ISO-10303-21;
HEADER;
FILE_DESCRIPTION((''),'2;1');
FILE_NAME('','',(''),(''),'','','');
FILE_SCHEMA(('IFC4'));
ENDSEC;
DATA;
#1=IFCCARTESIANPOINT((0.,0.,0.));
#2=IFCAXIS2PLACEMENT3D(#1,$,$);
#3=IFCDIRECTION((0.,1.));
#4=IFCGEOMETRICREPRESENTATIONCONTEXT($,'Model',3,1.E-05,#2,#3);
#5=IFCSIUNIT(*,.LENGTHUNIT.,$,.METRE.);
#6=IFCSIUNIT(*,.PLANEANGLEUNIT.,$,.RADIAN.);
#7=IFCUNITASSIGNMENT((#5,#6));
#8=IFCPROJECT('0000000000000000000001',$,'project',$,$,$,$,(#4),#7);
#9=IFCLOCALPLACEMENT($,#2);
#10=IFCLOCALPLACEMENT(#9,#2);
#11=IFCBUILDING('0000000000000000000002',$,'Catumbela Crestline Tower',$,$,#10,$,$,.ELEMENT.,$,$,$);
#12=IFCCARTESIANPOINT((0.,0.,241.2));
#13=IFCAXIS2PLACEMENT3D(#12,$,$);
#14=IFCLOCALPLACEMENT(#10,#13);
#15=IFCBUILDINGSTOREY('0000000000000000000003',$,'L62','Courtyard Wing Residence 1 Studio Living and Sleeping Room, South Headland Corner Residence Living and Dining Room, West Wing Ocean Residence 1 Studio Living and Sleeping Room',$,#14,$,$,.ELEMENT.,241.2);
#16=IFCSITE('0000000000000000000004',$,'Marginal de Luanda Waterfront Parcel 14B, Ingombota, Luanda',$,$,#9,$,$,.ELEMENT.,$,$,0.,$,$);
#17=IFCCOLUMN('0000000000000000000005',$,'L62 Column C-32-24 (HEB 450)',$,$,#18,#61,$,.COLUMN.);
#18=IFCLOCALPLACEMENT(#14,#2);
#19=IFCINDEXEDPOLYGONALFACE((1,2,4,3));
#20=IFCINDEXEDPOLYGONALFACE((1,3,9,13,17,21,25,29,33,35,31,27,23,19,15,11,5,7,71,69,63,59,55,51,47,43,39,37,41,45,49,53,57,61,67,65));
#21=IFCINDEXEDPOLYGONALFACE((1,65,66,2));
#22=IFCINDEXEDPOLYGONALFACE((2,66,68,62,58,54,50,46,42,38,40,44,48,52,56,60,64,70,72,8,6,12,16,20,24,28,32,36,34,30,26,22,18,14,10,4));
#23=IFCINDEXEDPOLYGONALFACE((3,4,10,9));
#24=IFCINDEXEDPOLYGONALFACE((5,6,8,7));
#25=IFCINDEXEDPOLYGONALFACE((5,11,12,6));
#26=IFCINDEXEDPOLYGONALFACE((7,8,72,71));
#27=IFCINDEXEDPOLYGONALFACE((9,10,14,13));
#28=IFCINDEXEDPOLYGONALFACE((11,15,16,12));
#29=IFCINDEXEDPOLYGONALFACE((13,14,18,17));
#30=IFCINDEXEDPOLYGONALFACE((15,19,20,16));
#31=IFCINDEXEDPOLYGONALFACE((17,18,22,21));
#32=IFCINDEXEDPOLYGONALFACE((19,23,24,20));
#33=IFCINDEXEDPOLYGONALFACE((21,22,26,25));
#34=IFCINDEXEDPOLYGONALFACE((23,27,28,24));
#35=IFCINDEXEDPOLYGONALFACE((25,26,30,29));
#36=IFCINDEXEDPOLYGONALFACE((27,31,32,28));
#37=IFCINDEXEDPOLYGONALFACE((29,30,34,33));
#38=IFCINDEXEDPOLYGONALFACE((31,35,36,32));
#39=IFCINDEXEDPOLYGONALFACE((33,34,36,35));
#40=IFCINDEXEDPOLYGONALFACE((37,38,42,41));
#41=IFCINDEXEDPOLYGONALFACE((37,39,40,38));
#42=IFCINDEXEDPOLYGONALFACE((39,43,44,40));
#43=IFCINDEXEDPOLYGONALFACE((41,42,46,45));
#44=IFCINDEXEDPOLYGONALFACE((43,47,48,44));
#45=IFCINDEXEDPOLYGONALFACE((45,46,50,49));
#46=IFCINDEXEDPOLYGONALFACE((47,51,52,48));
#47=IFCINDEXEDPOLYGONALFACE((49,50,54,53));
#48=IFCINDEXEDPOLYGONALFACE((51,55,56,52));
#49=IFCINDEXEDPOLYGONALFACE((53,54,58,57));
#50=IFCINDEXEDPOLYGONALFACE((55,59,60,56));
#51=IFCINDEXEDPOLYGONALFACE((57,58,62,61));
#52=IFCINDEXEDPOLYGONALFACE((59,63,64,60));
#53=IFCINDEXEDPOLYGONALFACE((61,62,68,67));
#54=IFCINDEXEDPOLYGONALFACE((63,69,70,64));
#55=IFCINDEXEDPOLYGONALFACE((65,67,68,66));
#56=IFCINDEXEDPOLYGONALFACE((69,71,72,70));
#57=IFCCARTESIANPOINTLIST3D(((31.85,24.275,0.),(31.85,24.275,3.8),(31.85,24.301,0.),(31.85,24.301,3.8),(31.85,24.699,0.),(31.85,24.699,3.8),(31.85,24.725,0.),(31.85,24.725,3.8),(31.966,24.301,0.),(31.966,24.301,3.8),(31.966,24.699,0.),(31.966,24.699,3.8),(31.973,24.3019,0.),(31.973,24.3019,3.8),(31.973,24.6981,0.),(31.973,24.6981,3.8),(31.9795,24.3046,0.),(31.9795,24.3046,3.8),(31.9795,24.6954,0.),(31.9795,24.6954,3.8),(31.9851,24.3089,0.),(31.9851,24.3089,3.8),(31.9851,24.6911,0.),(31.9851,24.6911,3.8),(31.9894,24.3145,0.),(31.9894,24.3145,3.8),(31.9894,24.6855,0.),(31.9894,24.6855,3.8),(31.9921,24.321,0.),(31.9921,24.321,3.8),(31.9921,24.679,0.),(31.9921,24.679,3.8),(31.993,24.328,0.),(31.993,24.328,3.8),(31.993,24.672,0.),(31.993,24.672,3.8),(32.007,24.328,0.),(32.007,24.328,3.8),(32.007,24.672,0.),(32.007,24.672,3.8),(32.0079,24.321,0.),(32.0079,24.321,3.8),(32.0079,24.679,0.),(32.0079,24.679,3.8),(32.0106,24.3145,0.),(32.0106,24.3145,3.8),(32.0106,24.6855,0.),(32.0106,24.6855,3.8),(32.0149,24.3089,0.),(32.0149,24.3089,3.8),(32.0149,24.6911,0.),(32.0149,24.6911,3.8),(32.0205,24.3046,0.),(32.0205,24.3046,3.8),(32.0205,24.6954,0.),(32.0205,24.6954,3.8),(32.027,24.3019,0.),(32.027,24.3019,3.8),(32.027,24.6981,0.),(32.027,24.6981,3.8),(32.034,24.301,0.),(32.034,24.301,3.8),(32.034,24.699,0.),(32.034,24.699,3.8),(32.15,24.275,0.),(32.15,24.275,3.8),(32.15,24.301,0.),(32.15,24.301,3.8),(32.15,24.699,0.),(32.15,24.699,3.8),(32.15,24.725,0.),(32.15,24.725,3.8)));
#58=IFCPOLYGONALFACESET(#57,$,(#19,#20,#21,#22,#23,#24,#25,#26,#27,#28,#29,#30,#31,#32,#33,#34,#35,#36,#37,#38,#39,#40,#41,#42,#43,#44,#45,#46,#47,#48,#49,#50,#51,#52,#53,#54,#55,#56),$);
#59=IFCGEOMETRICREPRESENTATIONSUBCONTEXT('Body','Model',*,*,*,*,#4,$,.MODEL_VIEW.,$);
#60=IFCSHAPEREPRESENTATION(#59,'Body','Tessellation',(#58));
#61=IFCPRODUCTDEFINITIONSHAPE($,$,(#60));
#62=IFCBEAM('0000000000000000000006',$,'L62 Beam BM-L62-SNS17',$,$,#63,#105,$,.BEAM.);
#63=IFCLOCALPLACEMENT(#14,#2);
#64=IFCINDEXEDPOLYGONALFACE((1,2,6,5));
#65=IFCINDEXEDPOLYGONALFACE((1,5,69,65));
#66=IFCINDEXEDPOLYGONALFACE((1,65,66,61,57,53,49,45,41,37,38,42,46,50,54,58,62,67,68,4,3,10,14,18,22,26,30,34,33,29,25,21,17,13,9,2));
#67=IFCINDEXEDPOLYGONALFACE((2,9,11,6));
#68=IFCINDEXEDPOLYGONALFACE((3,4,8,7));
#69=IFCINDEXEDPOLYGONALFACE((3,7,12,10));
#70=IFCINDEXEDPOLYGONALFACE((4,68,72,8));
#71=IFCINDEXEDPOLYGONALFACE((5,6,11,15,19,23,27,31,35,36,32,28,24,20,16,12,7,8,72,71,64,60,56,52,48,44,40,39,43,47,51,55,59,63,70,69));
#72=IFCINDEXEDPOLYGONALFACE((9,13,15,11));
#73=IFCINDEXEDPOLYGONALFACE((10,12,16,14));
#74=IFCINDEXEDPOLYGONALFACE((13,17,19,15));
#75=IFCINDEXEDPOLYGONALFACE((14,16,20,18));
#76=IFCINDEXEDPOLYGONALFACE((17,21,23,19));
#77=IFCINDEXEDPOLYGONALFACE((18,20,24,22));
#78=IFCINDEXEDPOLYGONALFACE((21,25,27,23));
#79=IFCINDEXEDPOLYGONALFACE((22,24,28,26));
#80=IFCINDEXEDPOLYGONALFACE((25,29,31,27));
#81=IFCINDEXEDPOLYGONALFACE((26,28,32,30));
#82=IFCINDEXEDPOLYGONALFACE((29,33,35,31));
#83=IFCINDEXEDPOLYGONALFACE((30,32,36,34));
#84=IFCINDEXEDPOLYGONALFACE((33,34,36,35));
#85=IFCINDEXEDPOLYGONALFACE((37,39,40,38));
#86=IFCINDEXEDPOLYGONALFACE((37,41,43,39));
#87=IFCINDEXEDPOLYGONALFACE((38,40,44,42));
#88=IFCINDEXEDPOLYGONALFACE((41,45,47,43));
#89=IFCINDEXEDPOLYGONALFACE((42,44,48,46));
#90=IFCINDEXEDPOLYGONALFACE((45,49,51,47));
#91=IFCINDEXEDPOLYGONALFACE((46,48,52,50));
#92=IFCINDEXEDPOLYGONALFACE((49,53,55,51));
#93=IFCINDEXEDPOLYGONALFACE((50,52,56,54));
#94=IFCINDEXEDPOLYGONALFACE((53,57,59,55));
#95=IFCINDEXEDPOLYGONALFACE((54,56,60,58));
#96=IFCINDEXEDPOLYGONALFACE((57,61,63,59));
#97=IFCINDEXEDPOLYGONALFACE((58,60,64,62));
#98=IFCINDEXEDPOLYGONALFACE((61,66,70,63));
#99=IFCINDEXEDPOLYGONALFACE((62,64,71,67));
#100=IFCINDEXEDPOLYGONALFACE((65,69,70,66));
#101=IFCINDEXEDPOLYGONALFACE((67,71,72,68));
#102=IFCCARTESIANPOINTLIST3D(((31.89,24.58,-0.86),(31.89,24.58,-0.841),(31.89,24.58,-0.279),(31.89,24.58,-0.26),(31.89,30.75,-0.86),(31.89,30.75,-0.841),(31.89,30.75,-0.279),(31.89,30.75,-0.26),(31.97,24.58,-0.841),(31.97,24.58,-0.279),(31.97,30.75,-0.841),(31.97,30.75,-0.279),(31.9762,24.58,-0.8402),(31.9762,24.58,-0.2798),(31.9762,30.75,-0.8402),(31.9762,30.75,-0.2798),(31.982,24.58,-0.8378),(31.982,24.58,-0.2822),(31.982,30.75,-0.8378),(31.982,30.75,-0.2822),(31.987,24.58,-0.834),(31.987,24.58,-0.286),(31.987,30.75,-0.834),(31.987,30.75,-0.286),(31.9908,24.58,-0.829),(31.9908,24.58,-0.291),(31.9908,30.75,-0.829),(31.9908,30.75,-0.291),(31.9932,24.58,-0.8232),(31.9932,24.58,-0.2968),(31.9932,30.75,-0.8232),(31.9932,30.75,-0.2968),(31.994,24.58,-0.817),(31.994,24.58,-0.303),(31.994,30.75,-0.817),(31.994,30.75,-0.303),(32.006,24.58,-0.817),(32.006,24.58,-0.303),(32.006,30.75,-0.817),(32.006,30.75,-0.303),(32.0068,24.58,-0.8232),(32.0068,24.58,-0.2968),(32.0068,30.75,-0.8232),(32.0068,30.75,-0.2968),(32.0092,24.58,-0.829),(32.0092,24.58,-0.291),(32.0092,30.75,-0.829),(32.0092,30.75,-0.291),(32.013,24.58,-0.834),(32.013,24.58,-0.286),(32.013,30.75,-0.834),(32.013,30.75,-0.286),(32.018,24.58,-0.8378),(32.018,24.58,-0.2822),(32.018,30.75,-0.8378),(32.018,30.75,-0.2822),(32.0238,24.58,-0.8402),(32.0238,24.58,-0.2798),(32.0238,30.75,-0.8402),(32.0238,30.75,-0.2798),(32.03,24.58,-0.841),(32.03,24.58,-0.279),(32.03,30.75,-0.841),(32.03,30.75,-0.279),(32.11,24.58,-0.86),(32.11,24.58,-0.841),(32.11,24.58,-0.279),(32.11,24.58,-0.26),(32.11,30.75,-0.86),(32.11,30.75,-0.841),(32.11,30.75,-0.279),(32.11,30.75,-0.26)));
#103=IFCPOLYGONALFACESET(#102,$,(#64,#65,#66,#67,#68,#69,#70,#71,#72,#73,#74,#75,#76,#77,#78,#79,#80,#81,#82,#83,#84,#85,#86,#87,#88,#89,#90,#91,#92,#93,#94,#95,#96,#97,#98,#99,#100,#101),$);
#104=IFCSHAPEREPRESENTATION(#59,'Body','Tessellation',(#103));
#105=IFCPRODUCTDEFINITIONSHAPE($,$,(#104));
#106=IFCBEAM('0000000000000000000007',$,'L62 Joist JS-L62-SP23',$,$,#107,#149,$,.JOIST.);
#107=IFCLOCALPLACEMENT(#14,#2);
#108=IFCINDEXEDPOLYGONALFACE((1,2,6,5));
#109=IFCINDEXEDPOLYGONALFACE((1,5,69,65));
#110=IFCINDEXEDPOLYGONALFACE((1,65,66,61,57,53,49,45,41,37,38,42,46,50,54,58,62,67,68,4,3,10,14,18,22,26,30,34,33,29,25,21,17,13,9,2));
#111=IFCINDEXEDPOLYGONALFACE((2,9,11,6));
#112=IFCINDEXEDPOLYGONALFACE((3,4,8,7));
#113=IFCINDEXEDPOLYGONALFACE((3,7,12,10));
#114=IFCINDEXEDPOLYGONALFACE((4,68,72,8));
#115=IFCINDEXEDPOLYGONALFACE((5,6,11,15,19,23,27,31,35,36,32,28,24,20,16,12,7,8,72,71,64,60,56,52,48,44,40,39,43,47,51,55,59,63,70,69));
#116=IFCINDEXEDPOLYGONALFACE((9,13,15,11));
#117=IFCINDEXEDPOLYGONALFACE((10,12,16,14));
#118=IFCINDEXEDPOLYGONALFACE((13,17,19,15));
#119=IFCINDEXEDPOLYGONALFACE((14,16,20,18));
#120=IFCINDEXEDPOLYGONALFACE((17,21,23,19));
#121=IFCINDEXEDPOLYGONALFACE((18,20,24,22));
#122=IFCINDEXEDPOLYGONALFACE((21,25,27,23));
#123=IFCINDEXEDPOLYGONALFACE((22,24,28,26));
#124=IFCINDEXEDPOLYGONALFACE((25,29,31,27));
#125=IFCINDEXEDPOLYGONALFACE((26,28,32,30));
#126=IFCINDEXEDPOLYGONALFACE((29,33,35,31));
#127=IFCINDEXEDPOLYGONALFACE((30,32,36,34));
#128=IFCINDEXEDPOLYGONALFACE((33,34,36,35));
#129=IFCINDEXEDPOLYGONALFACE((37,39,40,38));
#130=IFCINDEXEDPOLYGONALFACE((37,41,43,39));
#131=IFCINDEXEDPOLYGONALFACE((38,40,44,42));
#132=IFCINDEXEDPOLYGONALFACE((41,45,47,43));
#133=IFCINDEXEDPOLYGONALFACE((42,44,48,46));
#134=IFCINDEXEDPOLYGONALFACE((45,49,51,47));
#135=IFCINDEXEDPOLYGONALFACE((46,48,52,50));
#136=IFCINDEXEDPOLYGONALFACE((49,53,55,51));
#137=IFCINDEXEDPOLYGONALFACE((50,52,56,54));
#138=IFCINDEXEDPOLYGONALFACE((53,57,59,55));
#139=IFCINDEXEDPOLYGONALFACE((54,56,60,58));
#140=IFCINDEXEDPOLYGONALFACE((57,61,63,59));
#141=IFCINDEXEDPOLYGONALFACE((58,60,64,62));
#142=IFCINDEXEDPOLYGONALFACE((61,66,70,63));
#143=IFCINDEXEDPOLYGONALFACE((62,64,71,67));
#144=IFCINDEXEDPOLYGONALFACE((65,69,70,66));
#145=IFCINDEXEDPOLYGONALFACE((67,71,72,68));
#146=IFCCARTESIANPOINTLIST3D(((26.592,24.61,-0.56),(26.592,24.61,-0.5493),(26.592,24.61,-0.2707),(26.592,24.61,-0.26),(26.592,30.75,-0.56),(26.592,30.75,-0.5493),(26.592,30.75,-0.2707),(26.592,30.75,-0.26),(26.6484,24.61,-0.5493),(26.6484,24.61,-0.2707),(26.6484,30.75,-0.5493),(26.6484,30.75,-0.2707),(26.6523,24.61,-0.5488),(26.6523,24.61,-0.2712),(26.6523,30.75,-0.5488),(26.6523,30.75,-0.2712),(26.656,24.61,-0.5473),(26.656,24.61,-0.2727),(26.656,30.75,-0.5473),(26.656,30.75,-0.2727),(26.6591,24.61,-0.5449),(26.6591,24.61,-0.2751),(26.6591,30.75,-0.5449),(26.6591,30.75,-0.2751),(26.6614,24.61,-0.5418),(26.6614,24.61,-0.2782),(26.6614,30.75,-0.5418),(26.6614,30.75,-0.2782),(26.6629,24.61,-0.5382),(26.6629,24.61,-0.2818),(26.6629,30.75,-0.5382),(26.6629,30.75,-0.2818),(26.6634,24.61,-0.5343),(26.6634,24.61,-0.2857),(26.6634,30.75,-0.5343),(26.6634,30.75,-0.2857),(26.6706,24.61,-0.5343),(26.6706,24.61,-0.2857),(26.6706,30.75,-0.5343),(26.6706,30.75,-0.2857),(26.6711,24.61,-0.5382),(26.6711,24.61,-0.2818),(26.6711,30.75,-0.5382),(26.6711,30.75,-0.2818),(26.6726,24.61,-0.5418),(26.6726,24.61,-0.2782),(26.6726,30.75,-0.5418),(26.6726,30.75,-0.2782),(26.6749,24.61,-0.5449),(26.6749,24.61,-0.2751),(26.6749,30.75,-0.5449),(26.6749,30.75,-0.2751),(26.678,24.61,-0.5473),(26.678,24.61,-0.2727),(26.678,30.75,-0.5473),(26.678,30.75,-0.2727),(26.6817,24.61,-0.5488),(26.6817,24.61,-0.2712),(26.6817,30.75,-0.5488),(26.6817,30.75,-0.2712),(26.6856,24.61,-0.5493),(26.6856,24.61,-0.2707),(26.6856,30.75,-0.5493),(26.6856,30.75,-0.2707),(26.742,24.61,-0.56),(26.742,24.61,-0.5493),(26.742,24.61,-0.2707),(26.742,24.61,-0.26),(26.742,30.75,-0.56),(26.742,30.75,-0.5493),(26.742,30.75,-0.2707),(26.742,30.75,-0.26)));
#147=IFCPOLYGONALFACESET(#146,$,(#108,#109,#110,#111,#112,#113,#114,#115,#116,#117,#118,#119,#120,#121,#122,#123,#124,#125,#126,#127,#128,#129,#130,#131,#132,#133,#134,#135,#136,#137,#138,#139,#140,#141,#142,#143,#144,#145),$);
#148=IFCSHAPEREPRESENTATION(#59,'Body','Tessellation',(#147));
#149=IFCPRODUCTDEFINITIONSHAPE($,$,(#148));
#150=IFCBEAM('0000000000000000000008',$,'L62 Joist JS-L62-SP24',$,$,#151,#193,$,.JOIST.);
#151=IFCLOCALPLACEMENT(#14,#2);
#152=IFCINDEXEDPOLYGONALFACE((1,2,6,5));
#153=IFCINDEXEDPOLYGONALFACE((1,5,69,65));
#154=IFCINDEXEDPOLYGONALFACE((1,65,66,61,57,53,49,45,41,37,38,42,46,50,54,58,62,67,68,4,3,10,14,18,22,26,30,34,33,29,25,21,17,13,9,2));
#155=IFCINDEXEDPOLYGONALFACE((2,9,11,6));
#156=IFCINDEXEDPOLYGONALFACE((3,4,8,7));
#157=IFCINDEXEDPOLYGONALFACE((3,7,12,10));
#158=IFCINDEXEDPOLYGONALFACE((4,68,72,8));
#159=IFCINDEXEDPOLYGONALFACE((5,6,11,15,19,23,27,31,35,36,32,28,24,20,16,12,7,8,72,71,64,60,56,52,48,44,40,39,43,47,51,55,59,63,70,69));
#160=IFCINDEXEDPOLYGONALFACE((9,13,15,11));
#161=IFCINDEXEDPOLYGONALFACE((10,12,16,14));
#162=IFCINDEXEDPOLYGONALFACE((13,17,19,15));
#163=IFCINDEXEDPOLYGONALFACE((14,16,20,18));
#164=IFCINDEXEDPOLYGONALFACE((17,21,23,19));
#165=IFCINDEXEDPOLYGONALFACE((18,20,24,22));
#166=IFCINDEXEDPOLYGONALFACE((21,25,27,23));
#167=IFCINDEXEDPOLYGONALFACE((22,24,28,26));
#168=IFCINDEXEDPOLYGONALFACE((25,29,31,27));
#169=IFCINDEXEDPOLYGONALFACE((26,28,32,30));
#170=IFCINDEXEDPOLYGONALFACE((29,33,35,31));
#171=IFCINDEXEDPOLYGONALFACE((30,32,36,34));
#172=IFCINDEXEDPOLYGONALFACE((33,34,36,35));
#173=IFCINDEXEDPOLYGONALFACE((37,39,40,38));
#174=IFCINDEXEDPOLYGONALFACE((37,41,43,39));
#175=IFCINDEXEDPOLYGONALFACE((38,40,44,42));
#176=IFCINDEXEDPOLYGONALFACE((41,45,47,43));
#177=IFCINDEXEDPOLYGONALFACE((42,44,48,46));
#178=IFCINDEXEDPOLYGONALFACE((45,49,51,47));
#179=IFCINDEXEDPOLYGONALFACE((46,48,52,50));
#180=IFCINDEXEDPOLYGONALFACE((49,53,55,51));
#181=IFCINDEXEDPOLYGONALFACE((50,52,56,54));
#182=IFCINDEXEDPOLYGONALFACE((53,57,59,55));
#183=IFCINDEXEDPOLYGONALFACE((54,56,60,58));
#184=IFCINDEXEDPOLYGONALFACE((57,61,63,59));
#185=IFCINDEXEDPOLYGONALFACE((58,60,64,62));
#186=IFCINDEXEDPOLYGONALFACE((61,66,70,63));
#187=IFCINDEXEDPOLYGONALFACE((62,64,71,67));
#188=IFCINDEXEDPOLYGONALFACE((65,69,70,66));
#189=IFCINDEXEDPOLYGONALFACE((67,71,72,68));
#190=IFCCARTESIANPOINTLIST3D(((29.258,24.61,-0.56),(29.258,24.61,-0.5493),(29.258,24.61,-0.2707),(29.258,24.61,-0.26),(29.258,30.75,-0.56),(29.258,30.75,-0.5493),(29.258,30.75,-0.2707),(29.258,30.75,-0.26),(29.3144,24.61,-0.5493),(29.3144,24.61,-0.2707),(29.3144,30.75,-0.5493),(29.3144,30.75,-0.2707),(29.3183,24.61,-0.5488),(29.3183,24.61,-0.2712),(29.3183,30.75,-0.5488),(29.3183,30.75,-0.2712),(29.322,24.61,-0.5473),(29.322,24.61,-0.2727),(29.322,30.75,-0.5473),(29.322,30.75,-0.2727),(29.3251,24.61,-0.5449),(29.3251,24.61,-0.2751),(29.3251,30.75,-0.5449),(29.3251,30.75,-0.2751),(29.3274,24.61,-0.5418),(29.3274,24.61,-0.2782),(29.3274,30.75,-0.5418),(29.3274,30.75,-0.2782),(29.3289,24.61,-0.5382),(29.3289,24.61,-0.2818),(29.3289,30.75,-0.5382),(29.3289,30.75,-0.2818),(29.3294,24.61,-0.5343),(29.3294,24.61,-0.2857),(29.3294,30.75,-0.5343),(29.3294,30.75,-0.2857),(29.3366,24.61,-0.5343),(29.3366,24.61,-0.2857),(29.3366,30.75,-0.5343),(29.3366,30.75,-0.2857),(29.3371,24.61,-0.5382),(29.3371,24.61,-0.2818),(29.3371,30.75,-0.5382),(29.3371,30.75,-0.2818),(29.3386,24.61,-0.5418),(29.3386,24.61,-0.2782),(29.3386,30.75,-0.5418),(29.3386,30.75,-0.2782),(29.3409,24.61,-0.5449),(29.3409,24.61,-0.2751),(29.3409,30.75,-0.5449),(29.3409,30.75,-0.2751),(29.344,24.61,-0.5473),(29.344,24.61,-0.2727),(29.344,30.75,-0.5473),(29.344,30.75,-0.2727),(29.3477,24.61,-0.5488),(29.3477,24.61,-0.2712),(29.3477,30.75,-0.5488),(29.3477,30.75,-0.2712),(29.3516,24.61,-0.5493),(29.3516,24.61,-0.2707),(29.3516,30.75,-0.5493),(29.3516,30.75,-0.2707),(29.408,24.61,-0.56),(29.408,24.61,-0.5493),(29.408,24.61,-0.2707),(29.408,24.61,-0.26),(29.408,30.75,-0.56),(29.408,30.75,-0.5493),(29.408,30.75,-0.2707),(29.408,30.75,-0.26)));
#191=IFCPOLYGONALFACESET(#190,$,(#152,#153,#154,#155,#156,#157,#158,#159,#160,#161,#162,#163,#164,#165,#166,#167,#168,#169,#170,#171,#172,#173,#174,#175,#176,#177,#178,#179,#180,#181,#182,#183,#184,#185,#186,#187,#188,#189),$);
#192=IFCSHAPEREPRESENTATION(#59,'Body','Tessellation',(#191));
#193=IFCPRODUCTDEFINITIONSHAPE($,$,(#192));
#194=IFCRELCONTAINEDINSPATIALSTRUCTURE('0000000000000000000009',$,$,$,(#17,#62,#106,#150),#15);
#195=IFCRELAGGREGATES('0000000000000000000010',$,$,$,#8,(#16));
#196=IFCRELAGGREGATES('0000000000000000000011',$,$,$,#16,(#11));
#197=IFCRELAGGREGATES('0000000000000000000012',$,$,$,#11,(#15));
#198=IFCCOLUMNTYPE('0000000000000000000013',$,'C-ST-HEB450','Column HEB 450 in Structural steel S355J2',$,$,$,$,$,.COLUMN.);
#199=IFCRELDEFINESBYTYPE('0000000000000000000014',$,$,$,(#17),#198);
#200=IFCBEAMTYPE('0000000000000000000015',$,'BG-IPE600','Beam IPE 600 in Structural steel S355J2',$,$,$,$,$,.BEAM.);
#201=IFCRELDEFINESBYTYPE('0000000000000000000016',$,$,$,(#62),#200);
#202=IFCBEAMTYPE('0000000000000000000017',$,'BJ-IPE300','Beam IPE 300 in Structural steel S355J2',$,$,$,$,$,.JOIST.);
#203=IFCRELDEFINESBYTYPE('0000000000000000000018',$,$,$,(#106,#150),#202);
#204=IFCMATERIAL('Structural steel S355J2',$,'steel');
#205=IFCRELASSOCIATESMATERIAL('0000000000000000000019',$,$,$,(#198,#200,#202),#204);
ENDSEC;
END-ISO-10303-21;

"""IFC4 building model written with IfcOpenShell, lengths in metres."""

from ifc_helpers import new_model, si_unit, direction, frame, origin, origin_2d, place, context, subcontext, project, spatial, i_section, extrude, material, material_profile, profile_set, type_object, element, save


model = new_model("IFC4")

# Units and contexts
model_context = context("Model", 3, precision=1e-05, world=origin(), true_north=direction((0.0, 1.0)))
body_context = subcontext(model_context, "Body", "Model", "MODEL_VIEW")
ifc_project = project(units=[si_unit("LENGTHUNIT", "METRE"), si_unit("PLANEANGLEUNIT", "RADIAN")], contexts=[model_context])

# Site, building, storey
site_placement = place(None, origin())
site = spatial("IfcSite", under=ifc_project, at=site_placement, Name="Marginal de Luanda Waterfront Parcel 14B, Ingombota, Luanda", CompositionType="ELEMENT", RefElevation=0.0)
building_placement = place(site_placement, origin())
building = spatial("IfcBuilding", under=site, at=building_placement, Name="Catumbela Crestline Tower", CompositionType="ELEMENT")
storey_placement = place(building_placement, frame((0.0, 0.0, 241.2)))
storey = spatial("IfcBuildingStorey", under=building, at=storey_placement, Name="L62", Description="Courtyard Wing Residence 1 Studio Living and Sleeping Room, South Headland Corner Residence Living and Dining Room, West Wing Ocean Residence 1 Studio Living and Sleeping Room", CompositionType="ELEMENT", Elevation=241.2)

# Column
ifc_material_1 = material(Name="Structural steel S355J2", Category="steel")
ifc_material_profile_1 = material_profile(ifc_material_1, i_section(OverallWidth=0.3, OverallDepth=0.45, WebThickness=0.014, FlangeThickness=0.026, FilletRadius=0.027, at=origin_2d()), Name="HEB 450")
ifc_profile_set_1 = profile_set([ifc_material_profile_1], Name="Structural steel S355J2")
column_type = type_object("IfcColumnType", Name="C-ST-HEB450", Description="Column HEB 450 in Structural steel S355J2", PredefinedType="COLUMN", material=ifc_profile_set_1)
column_placement = place(storey_placement, frame((32.0, 24.5, 0.0), z_axis=(0.0, 0.0, 1.0), x_axis=(1.0, 0.0, 0.0)))
element("IfcColumn", 1, at=column_placement, inside=storey, type_object=column_type, Name="L62 Column C-32-24 (HEB 450)", PredefinedType="COLUMN", context=body_context, shape_type="SweptSolid", body=[
    extrude(i_section(OverallWidth=0.3, OverallDepth=0.45, WebThickness=0.014, FlangeThickness=0.026, FilletRadius=0.027, at=origin_2d()), origin(), (0.0, 0.0, 1.0), 3.8),
])

# Beams
ifc_material_profile_2 = material_profile(ifc_material_1, i_section(OverallWidth=0.22, OverallDepth=0.6, WebThickness=0.012, FlangeThickness=0.019, FilletRadius=0.024, at=origin_2d()), Name="IPE 600")
ifc_profile_set_2 = profile_set([ifc_material_profile_2], Name="Structural steel S355J2")
beam_type_1 = type_object("IfcBeamType", Name="BG-IPE600", Description="Beam IPE 600 in Structural steel S355J2", PredefinedType="BEAM", material=ifc_profile_set_2)
beam_1_placement = place(storey_placement, frame((32.0, 24.58, -0.56), z_axis=(0.0, 1.0, 0.0), x_axis=(-1.0, 0.0, 0.0)))
element("IfcBeam", 2, at=beam_1_placement, inside=storey, type_object=beam_type_1, Name="L62 Beam BM-L62-SNS17", PredefinedType="BEAM", context=body_context, shape_type="SweptSolid", body=[
    extrude(i_section(OverallWidth=0.22, OverallDepth=0.6, WebThickness=0.012, FlangeThickness=0.019, FilletRadius=0.024, at=origin_2d()), origin(), (0.0, 0.0, 1.0), 6.17),
])
ifc_material_profile_3 = material_profile(ifc_material_1, i_section(OverallWidth=0.15, OverallDepth=0.3, WebThickness=0.0071, FlangeThickness=0.0107, FilletRadius=0.015, at=origin_2d()), Name="IPE 300")
ifc_profile_set_3 = profile_set([ifc_material_profile_3], Name="Structural steel S355J2")
beam_type_2 = type_object("IfcBeamType", Name="BJ-IPE300", Description="Beam IPE 300 in Structural steel S355J2", PredefinedType="JOIST", material=ifc_profile_set_3)
for number, where, z_axis, x_axis, name in (
    (3, (26.667, 24.61, -0.41), (0.0, 1.0, 0.0), (-1.0, 0.0, 0.0), "L62 Joist JS-L62-SP23"),
    (4, (29.333, 24.61, -0.41), (0.0, 1.0, 0.0), (-1.0, 0.0, 0.0), "L62 Joist JS-L62-SP24"),
):
    element("IfcBeam", number, at=place(storey_placement, frame(where, z_axis=z_axis, x_axis=x_axis)), inside=storey, type_object=beam_type_2, Name=name, PredefinedType="JOIST", context=body_context, shape_type="SweptSolid", body=[
        extrude(i_section(OverallWidth=0.15, OverallDepth=0.3, WebThickness=0.0071, FlangeThickness=0.0107, FilletRadius=0.015, at=origin_2d()), origin(), (0.0, 0.0, 1.0), 6.14),
    ])

save(model, "model.ifc")
